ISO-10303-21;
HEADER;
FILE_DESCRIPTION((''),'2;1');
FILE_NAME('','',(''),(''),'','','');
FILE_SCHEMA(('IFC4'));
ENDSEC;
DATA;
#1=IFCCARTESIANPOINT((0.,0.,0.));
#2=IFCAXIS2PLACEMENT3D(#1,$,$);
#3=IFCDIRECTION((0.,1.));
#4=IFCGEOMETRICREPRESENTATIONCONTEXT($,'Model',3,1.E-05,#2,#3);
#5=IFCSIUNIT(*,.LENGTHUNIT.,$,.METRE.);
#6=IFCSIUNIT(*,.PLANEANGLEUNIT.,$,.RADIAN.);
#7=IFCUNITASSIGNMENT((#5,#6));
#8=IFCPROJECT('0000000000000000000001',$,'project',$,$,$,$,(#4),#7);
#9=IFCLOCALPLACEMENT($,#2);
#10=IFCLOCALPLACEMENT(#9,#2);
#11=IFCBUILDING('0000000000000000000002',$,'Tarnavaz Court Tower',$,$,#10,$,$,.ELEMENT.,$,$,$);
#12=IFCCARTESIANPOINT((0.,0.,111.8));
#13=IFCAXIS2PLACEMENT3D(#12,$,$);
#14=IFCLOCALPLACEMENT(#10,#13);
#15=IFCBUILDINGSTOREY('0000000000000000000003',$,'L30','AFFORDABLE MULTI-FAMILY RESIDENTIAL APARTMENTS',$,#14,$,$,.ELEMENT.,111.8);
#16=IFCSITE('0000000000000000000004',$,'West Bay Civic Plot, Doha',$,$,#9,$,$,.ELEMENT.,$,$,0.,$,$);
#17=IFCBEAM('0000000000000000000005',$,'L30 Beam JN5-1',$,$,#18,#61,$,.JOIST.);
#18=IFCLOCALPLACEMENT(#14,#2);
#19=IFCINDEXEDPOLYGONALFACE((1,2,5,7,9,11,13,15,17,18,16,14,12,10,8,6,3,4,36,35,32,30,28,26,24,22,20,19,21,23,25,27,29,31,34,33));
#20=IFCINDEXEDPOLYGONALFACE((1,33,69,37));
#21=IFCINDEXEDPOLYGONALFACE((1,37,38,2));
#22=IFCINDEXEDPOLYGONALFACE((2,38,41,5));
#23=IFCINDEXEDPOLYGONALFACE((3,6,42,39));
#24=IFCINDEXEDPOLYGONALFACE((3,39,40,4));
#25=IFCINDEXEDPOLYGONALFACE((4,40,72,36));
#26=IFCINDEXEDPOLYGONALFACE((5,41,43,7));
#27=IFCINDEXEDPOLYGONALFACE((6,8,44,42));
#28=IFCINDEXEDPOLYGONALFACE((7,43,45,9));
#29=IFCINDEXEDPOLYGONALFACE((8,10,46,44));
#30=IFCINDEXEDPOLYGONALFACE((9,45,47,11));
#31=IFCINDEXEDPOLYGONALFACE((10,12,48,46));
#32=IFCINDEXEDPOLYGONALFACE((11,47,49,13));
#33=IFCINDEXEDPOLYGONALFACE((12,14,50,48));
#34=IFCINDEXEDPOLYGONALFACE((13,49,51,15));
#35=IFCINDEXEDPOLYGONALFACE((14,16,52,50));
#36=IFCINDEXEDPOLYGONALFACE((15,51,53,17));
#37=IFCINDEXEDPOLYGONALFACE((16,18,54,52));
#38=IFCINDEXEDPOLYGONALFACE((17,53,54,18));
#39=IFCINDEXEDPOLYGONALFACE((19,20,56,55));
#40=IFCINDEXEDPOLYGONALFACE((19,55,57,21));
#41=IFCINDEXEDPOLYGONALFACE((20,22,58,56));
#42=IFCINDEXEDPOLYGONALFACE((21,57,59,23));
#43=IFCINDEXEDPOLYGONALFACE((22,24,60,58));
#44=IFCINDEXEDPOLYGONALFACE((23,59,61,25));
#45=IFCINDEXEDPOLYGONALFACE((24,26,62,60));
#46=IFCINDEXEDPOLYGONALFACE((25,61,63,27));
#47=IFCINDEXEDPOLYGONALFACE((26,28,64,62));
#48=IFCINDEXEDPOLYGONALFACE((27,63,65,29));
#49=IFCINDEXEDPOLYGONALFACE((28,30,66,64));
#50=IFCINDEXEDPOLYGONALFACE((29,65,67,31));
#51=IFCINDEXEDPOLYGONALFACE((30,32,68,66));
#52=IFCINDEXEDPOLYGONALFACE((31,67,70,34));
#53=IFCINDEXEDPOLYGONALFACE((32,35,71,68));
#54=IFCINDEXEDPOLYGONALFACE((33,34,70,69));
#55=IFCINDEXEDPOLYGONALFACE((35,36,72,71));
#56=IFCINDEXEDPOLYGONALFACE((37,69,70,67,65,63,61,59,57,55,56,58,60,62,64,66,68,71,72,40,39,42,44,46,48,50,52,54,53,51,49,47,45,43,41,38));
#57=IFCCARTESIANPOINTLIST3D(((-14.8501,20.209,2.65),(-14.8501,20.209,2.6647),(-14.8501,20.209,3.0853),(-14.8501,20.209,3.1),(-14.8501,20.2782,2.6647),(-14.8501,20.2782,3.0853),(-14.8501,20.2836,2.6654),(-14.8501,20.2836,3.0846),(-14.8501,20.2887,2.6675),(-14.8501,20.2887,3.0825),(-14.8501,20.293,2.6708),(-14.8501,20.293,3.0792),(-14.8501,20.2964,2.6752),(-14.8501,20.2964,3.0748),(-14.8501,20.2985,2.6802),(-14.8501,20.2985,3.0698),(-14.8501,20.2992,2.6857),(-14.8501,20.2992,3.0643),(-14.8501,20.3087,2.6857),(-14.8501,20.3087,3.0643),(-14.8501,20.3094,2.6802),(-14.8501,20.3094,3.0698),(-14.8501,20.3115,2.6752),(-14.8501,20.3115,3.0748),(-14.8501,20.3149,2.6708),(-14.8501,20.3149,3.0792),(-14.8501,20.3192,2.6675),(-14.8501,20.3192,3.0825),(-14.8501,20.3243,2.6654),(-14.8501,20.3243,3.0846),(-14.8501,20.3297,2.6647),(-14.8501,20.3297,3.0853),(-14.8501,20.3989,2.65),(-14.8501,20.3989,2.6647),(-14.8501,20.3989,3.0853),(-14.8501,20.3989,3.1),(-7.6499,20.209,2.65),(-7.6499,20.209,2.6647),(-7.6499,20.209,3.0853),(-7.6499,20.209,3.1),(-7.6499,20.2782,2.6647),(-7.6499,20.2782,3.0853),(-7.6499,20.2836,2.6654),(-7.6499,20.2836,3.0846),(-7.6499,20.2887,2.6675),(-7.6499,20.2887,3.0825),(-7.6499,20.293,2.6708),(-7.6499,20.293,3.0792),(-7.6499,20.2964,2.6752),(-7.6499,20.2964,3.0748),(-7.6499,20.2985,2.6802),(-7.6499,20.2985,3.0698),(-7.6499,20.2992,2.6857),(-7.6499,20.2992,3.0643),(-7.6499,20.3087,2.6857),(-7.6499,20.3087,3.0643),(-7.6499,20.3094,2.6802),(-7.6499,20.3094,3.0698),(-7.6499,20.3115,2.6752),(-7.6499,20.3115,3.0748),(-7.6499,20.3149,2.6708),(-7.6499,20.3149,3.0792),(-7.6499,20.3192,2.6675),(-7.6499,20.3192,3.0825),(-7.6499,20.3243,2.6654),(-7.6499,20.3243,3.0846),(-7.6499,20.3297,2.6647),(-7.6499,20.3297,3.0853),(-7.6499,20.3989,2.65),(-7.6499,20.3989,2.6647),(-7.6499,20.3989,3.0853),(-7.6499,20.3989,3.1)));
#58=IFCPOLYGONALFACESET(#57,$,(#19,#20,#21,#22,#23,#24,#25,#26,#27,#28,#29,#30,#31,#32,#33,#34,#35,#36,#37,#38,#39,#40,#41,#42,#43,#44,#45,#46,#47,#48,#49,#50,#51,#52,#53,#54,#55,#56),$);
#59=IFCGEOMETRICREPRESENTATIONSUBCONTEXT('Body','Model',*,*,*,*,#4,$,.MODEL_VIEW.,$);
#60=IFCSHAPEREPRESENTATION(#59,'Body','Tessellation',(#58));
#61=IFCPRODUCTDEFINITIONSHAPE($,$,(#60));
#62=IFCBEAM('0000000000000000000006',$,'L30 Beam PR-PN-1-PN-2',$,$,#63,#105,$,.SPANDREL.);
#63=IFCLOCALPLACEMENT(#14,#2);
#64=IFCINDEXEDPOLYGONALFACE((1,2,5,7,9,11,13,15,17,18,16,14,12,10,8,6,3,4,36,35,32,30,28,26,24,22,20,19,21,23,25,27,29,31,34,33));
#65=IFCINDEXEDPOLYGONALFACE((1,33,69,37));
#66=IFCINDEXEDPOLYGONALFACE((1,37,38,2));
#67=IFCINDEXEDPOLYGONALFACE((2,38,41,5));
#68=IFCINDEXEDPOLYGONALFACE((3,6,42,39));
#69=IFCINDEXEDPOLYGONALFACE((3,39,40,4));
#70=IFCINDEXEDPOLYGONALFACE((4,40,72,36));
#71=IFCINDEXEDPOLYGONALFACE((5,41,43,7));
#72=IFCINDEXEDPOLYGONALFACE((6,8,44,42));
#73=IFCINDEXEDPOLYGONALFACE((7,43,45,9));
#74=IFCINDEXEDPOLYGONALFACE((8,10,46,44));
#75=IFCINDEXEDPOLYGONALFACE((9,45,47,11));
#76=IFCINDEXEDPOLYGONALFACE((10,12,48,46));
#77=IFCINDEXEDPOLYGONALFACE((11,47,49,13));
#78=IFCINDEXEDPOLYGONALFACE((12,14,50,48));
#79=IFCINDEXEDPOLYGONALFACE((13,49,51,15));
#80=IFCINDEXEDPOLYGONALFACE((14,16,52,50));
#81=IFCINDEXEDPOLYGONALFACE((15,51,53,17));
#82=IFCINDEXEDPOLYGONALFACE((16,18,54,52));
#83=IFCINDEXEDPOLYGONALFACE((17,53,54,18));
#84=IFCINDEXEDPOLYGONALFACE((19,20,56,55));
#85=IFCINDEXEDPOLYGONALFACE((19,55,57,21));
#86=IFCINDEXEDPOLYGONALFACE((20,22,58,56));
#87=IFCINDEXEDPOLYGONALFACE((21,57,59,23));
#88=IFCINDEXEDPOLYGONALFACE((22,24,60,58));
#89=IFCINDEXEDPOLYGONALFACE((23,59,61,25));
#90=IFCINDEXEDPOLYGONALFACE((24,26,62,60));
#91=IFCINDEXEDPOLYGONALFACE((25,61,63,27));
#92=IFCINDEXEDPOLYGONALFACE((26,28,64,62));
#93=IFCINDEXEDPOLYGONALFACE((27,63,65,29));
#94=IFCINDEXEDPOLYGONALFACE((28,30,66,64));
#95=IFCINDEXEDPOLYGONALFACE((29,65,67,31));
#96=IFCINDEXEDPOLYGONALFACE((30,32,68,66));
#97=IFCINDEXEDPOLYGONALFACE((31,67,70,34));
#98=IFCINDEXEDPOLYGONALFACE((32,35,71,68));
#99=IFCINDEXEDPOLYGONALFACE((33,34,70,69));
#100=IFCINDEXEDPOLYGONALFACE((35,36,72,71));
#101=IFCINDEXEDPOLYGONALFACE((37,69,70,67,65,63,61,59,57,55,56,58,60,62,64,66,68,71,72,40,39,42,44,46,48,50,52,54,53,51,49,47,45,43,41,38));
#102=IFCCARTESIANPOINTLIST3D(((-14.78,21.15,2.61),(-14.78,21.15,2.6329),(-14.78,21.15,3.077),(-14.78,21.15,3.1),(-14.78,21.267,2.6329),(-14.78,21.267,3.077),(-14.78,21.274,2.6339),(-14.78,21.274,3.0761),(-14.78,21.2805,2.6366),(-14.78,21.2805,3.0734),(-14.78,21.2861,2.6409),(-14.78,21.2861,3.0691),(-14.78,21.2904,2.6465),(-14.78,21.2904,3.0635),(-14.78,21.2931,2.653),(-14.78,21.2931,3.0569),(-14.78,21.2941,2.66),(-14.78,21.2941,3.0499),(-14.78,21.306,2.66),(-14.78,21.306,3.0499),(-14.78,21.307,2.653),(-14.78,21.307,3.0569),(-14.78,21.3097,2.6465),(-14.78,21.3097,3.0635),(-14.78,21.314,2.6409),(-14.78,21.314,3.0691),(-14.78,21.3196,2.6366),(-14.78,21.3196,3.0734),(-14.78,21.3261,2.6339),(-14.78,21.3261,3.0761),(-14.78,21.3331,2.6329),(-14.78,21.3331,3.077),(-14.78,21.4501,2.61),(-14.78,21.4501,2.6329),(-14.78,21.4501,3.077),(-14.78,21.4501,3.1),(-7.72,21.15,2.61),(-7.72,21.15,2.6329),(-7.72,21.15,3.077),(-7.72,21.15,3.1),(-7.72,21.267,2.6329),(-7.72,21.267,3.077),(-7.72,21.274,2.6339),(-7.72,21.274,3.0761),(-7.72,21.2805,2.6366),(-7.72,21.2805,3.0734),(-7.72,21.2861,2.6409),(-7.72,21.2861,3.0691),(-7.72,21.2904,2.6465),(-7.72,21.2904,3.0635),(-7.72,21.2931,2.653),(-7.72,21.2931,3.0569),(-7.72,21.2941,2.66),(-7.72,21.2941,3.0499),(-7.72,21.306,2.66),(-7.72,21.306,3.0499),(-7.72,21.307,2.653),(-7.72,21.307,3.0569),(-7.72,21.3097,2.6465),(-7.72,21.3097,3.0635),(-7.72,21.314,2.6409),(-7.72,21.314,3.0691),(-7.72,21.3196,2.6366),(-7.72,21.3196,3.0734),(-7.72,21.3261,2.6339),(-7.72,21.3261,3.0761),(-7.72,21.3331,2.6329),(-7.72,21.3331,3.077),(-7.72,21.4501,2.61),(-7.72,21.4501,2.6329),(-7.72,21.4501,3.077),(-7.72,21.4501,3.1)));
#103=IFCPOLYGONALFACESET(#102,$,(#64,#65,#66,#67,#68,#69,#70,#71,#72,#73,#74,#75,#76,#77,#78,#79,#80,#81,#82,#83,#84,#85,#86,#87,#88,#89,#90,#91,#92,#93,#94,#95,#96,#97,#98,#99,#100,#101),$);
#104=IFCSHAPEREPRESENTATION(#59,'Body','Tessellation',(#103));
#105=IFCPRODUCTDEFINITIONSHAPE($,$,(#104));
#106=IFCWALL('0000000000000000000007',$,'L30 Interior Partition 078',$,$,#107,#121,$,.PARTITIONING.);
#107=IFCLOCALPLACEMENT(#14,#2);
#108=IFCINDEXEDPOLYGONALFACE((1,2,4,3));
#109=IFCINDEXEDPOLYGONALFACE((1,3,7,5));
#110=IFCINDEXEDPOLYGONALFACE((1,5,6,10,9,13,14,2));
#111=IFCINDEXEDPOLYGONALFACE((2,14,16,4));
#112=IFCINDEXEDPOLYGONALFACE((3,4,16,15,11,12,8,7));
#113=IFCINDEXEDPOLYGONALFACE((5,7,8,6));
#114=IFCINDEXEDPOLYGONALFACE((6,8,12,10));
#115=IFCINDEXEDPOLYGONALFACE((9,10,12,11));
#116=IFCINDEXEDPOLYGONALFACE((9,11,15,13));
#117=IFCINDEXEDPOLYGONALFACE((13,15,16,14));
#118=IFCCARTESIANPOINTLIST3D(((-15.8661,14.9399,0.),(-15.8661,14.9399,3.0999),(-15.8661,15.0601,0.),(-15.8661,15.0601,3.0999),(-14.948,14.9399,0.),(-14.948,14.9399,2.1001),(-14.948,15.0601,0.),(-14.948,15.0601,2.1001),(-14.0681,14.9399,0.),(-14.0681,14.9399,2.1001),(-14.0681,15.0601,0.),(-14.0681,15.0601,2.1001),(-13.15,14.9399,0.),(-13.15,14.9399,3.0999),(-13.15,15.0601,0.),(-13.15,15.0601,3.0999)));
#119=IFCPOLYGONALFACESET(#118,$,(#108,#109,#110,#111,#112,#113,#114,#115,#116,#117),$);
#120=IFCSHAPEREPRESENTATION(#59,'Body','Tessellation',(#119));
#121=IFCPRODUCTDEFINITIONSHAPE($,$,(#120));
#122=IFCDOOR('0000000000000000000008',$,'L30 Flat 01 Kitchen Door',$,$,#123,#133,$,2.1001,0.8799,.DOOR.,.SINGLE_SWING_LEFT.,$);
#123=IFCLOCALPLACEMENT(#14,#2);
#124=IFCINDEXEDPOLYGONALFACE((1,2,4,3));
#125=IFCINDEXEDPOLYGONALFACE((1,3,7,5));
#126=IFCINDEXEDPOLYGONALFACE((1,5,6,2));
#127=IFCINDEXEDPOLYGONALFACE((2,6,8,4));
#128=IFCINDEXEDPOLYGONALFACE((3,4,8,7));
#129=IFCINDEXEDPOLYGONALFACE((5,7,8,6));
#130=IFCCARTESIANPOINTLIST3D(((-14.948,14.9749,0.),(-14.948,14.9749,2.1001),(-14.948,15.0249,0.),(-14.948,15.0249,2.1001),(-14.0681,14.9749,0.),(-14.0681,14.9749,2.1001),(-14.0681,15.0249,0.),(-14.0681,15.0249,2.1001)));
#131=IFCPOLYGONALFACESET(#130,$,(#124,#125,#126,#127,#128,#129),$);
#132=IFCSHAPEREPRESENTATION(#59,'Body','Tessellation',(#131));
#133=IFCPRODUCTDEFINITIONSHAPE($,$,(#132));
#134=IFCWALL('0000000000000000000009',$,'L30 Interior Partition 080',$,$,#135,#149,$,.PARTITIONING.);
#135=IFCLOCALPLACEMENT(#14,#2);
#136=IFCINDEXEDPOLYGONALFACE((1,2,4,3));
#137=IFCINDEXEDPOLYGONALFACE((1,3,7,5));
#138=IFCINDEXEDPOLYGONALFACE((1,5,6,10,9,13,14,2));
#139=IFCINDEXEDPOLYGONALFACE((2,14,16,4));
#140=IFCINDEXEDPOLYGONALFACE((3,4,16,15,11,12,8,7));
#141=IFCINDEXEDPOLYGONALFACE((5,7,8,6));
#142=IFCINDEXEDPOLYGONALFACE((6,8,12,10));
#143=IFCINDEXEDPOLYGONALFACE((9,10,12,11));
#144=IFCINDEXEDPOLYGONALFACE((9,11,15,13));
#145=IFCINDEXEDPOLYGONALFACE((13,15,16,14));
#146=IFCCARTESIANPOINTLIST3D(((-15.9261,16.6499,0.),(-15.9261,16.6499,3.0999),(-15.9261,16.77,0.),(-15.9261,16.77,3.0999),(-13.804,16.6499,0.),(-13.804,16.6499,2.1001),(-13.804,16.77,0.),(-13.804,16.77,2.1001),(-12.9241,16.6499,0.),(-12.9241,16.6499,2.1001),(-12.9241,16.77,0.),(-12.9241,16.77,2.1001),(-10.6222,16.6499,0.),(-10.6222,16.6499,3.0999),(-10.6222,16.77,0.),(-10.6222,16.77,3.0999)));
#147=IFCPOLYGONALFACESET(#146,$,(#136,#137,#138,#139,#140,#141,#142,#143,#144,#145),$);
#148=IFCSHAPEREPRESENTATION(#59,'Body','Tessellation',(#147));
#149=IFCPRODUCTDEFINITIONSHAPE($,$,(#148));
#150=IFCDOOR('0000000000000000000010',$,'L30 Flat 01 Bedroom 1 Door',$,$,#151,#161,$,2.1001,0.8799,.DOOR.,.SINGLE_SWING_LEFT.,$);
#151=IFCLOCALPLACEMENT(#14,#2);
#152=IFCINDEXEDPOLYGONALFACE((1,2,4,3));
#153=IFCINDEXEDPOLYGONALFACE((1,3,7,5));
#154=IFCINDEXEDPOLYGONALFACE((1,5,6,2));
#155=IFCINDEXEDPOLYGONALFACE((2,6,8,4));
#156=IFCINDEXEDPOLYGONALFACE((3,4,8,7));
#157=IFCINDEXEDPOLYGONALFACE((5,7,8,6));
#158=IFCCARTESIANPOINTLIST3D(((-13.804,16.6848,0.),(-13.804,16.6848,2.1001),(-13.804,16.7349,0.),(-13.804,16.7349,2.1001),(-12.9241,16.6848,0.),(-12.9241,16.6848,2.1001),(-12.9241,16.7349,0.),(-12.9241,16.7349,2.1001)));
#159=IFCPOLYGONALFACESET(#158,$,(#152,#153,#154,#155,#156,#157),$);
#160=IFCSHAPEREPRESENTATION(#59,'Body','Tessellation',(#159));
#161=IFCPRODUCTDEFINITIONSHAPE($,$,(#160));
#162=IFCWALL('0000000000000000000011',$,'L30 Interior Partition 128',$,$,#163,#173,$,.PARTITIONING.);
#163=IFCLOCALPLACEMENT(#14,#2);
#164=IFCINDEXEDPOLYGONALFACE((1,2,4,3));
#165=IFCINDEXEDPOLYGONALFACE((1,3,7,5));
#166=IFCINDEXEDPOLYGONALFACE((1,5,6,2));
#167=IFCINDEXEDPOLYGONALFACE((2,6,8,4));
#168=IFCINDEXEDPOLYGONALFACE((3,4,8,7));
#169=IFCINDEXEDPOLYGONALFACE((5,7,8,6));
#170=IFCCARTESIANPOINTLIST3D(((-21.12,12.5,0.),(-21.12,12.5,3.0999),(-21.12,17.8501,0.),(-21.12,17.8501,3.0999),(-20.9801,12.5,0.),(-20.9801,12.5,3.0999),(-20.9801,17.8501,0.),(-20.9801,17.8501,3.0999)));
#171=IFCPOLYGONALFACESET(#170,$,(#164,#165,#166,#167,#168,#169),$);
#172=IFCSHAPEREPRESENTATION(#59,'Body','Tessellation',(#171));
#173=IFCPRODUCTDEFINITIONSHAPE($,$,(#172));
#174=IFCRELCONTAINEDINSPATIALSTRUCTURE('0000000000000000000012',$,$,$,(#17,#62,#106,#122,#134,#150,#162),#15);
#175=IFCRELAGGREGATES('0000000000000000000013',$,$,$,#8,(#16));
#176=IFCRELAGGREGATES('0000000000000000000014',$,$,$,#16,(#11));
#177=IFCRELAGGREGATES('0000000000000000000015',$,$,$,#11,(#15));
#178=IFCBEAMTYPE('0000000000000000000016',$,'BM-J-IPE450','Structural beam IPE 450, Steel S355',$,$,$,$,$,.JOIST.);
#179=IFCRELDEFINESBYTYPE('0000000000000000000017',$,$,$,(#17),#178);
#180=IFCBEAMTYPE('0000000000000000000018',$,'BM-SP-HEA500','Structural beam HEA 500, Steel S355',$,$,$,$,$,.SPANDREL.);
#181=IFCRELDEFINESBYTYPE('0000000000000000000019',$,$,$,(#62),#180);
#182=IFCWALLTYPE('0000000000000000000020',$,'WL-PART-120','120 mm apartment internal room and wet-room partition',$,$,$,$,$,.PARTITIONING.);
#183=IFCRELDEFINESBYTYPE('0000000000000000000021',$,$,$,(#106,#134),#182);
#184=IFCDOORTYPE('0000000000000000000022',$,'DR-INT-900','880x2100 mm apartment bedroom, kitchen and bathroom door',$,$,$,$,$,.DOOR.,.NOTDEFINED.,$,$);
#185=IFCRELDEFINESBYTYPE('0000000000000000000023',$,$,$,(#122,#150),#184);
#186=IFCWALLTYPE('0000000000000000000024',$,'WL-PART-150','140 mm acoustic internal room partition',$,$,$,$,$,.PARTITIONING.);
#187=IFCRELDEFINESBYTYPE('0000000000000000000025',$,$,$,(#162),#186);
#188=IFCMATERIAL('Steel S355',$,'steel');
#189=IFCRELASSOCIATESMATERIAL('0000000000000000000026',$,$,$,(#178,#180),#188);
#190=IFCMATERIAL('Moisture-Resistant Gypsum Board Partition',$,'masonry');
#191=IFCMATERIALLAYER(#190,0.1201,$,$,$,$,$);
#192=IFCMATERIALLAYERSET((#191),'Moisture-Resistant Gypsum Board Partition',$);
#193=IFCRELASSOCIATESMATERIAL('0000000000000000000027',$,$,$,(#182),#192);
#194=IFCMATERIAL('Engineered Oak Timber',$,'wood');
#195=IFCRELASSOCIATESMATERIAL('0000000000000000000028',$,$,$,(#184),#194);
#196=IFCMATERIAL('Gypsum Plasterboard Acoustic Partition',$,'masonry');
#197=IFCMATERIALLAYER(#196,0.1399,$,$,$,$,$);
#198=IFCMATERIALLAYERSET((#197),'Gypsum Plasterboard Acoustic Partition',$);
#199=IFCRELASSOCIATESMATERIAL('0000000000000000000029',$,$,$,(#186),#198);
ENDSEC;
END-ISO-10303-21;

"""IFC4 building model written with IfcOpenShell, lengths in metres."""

from ifc_helpers import new_model, si_unit, direction, frame, frame_2d, origin, origin_2d, place, context, subcontext, project, spatial, rectangle, i_section, extrude, material, layer, layer_set, material_profile, profile_set, type_object, element, fill, save


model = new_model("IFC4")

# Units and contexts
model_context = context("Model", 3, precision=1e-05, world=origin(), true_north=direction((0.0, 1.0)))
body_context = subcontext(model_context, "Body", "Model", "MODEL_VIEW")
ifc_project = project(units=[si_unit("LENGTHUNIT", "METRE"), si_unit("PLANEANGLEUNIT", "RADIAN")], contexts=[model_context])

# Site, building, storey
site_placement = place(None, origin())
site = spatial("IfcSite", under=ifc_project, at=site_placement, Name="West Bay Civic Plot, Doha", CompositionType="ELEMENT", RefElevation=0.0)
building_placement = place(site_placement, origin())
building = spatial("IfcBuilding", under=site, at=building_placement, Name="Tarnavaz Court Tower", CompositionType="ELEMENT")
storey_placement = place(building_placement, frame((0.0, 0.0, 111.8)))
storey = spatial("IfcBuildingStorey", under=building, at=storey_placement, Name="L30", Description="AFFORDABLE MULTI-FAMILY RESIDENTIAL APARTMENTS", CompositionType="ELEMENT", Elevation=111.8)

# Beams
ifc_material_1 = material(Name="Steel S355", Category="steel")
ifc_material_profile_1 = material_profile(ifc_material_1, i_section(OverallWidth=0.1899, OverallDepth=0.45, WebThickness=0.0095, FlangeThickness=0.0146, FilletRadius=0.021, at=origin_2d()), Name="IPE 450")
ifc_profile_set_1 = profile_set([ifc_material_profile_1], Name="Steel S355")
beam_type_1 = type_object("IfcBeamType", Name="BM-J-IPE450", Description="Structural beam IPE 450, Steel S355", PredefinedType="JOIST", material=ifc_profile_set_1)
for number, where, z_axis, x_axis, name in (
    (1, (-14.8501, 20.304, 2.875), (1.0, 0.0, 0.0), (0.0, 1.0, 0.0), "L30 Beam JN5-1"),
):
    element("IfcBeam", number, at=place(storey_placement, frame(where, z_axis=z_axis, x_axis=x_axis)), inside=storey, type_object=beam_type_1, Name=name, PredefinedType="JOIST", context=body_context, shape_type="SweptSolid", body=[
        extrude(i_section(OverallWidth=0.1899, OverallDepth=0.45, WebThickness=0.0095, FlangeThickness=0.0146, FilletRadius=0.021, at=origin_2d()), origin(), (0.0, 0.0, 1.0), 7.2002),
    ])
ifc_material_profile_2 = material_profile(ifc_material_1, i_section(OverallWidth=0.3, OverallDepth=0.49, WebThickness=0.012, FlangeThickness=0.0229, FilletRadius=0.0271, at=origin_2d()), Name="HEA 500")
ifc_profile_set_2 = profile_set([ifc_material_profile_2], Name="Steel S355")
beam_type_2 = type_object("IfcBeamType", Name="BM-SP-HEA500", Description="Structural beam HEA 500, Steel S355", PredefinedType="SPANDREL", material=ifc_profile_set_2)
beam_placement = place(storey_placement, frame((-14.78, 21.3, 2.855), z_axis=(1.0, 0.0, 0.0), x_axis=(0.0, 1.0, 0.0)))
element("IfcBeam", 2, at=beam_placement, inside=storey, type_object=beam_type_2, Name="L30 Beam PR-PN-1-PN-2", PredefinedType="SPANDREL", context=body_context, shape_type="SweptSolid", body=[
    extrude(i_section(OverallWidth=0.3, OverallDepth=0.49, WebThickness=0.012, FlangeThickness=0.0229, FilletRadius=0.0271, at=origin_2d()), origin(), (0.0, 0.0, 1.0), 7.0601),
])

# Walls, openings, doors
ifc_material_2 = material(Name="Moisture-Resistant Gypsum Board Partition", Category="masonry")
ifc_layer_1 = layer(ifc_material_2, 0.1201)
ifc_layer_set_1 = layer_set([ifc_layer_1], Name="Moisture-Resistant Gypsum Board Partition")
wall_type_1 = type_object("IfcWallType", Name="WL-PART-120", Description="120 mm apartment internal room and wet-room partition", PredefinedType="PARTITIONING", material=ifc_layer_set_1)
wall_1_placement = place(storey_placement, frame((-15.866, 15.0, 0.0), z_axis=(0.0, 0.0, 1.0), x_axis=(1.0, 0.0, 0.0)))
wall_1 = element("IfcWall", 3, at=wall_1_placement, inside=storey, type_object=wall_type_1, Name="L30 Interior Partition 078", PredefinedType="PARTITIONING", context=body_context, shape_type="SweptSolid", body=[
    extrude(rectangle(XDim=2.7161, YDim=0.1201, at=frame_2d((1.3579, 0.0))), origin(), (0.0, 0.0, 1.0), 3.0999),
])
opening_1_placement = place(wall_1_placement, frame((0.918, 0.0, 0.0)))
opening_1 = element("IfcOpeningElement", 4, at=opening_1_placement, cuts=wall_1, PredefinedType="OPENING", context=body_context, shape_type="SweptSolid", body=[
    extrude(rectangle(XDim=0.8799, YDim=2.1001, at=frame_2d((0.4399, 1.05))), frame((0.0, 0.0701, 0.0), z_axis=(0.0, -1.0, 0.0), x_axis=(1.0, 0.0, 0.0)), (0.0, 0.0, 1.0), 0.1401),
])
ifc_material_3 = material(Name="Engineered Oak Timber", Category="wood")
door_type = type_object("IfcDoorType", Name="DR-INT-900", Description="880x2100 mm apartment bedroom, kitchen and bathroom door", OperationType="NOTDEFINED", PredefinedType="DOOR", material=ifc_material_3)
door_1_placement = place(opening_1_placement, origin())
door_1 = element("IfcDoor", 5, at=door_1_placement, inside=storey, type_object=door_type, Name="L30 Flat 01 Kitchen Door", OperationType="SINGLE_SWING_LEFT", OverallHeight=2.1001, OverallWidth=0.8799, PredefinedType="DOOR", context=body_context, shape_type="SweptSolid", body=[
    extrude(rectangle(XDim=0.8799, YDim=2.1001, at=frame_2d((0.4399, 1.05))), frame((0.0, 0.0249, 0.0), z_axis=(0.0, -1.0, 0.0), x_axis=(1.0, 0.0, 0.0)), (0.0, 0.0, 1.0), 0.05),
])
fill(opening_1, door_1)
wall_2_placement = place(storey_placement, frame((-15.926, 16.71, 0.0), z_axis=(0.0, 0.0, 1.0), x_axis=(1.0, 0.0, 0.0)))
wall_2 = element("IfcWall", 6, at=wall_2_placement, inside=storey, type_object=wall_type_1, Name="L30 Interior Partition 080", PredefinedType="PARTITIONING", context=body_context, shape_type="SweptSolid", body=[
    extrude(rectangle(XDim=5.304, YDim=0.1201, at=frame_2d((2.6519, 0.0))), origin(), (0.0, 0.0, 1.0), 3.0999),
])
opening_2_placement = place(wall_2_placement, frame((2.1221, 0.0, 0.0)))
opening_2 = element("IfcOpeningElement", 7, at=opening_2_placement, cuts=wall_2, PredefinedType="OPENING", context=body_context, shape_type="SweptSolid", body=[
    extrude(rectangle(XDim=0.8799, YDim=2.1001, at=frame_2d((0.4399, 1.05))), frame((0.0, 0.0701, 0.0), z_axis=(0.0, -1.0, 0.0), x_axis=(1.0, 0.0, 0.0)), (0.0, 0.0, 1.0), 0.1401),
])
door_2_placement = place(opening_2_placement, origin())
door_2 = element("IfcDoor", 8, at=door_2_placement, inside=storey, type_object=door_type, Name="L30 Flat 01 Bedroom 1 Door", OperationType="SINGLE_SWING_LEFT", OverallHeight=2.1001, OverallWidth=0.8799, PredefinedType="DOOR", context=body_context, shape_type="SweptSolid", body=[
    extrude(rectangle(XDim=0.8799, YDim=2.1001, at=frame_2d((0.4399, 1.05))), frame((0.0, 0.0249, 0.0), z_axis=(0.0, -1.0, 0.0), x_axis=(1.0, 0.0, 0.0)), (0.0, 0.0, 1.0), 0.05),
])
fill(opening_2, door_2)

# Wall
ifc_material_4 = material(Name="Gypsum Plasterboard Acoustic Partition", Category="masonry")
ifc_layer_2 = layer(ifc_material_4, 0.1399)
ifc_layer_set_2 = layer_set([ifc_layer_2], Name="Gypsum Plasterboard Acoustic Partition")
wall_type_2 = type_object("IfcWallType", Name="WL-PART-150", Description="140 mm acoustic internal room partition", PredefinedType="PARTITIONING", material=ifc_layer_set_2)
wall_3_placement = place(storey_placement, frame((-21.05, 12.5, 0.0), z_axis=(0.0, 0.0, 1.0), x_axis=(0.0, 1.0, 0.0)))
element("IfcWall", 9, at=wall_3_placement, inside=storey, type_object=wall_type_2, Name="L30 Interior Partition 128", PredefinedType="PARTITIONING", context=body_context, shape_type="SweptSolid", body=[
    extrude(rectangle(XDim=5.3501, YDim=0.1399, at=frame_2d((2.675, 0.0))), origin(), (0.0, 0.0, 1.0), 3.0999),
])

save(model, "model.ifc")
